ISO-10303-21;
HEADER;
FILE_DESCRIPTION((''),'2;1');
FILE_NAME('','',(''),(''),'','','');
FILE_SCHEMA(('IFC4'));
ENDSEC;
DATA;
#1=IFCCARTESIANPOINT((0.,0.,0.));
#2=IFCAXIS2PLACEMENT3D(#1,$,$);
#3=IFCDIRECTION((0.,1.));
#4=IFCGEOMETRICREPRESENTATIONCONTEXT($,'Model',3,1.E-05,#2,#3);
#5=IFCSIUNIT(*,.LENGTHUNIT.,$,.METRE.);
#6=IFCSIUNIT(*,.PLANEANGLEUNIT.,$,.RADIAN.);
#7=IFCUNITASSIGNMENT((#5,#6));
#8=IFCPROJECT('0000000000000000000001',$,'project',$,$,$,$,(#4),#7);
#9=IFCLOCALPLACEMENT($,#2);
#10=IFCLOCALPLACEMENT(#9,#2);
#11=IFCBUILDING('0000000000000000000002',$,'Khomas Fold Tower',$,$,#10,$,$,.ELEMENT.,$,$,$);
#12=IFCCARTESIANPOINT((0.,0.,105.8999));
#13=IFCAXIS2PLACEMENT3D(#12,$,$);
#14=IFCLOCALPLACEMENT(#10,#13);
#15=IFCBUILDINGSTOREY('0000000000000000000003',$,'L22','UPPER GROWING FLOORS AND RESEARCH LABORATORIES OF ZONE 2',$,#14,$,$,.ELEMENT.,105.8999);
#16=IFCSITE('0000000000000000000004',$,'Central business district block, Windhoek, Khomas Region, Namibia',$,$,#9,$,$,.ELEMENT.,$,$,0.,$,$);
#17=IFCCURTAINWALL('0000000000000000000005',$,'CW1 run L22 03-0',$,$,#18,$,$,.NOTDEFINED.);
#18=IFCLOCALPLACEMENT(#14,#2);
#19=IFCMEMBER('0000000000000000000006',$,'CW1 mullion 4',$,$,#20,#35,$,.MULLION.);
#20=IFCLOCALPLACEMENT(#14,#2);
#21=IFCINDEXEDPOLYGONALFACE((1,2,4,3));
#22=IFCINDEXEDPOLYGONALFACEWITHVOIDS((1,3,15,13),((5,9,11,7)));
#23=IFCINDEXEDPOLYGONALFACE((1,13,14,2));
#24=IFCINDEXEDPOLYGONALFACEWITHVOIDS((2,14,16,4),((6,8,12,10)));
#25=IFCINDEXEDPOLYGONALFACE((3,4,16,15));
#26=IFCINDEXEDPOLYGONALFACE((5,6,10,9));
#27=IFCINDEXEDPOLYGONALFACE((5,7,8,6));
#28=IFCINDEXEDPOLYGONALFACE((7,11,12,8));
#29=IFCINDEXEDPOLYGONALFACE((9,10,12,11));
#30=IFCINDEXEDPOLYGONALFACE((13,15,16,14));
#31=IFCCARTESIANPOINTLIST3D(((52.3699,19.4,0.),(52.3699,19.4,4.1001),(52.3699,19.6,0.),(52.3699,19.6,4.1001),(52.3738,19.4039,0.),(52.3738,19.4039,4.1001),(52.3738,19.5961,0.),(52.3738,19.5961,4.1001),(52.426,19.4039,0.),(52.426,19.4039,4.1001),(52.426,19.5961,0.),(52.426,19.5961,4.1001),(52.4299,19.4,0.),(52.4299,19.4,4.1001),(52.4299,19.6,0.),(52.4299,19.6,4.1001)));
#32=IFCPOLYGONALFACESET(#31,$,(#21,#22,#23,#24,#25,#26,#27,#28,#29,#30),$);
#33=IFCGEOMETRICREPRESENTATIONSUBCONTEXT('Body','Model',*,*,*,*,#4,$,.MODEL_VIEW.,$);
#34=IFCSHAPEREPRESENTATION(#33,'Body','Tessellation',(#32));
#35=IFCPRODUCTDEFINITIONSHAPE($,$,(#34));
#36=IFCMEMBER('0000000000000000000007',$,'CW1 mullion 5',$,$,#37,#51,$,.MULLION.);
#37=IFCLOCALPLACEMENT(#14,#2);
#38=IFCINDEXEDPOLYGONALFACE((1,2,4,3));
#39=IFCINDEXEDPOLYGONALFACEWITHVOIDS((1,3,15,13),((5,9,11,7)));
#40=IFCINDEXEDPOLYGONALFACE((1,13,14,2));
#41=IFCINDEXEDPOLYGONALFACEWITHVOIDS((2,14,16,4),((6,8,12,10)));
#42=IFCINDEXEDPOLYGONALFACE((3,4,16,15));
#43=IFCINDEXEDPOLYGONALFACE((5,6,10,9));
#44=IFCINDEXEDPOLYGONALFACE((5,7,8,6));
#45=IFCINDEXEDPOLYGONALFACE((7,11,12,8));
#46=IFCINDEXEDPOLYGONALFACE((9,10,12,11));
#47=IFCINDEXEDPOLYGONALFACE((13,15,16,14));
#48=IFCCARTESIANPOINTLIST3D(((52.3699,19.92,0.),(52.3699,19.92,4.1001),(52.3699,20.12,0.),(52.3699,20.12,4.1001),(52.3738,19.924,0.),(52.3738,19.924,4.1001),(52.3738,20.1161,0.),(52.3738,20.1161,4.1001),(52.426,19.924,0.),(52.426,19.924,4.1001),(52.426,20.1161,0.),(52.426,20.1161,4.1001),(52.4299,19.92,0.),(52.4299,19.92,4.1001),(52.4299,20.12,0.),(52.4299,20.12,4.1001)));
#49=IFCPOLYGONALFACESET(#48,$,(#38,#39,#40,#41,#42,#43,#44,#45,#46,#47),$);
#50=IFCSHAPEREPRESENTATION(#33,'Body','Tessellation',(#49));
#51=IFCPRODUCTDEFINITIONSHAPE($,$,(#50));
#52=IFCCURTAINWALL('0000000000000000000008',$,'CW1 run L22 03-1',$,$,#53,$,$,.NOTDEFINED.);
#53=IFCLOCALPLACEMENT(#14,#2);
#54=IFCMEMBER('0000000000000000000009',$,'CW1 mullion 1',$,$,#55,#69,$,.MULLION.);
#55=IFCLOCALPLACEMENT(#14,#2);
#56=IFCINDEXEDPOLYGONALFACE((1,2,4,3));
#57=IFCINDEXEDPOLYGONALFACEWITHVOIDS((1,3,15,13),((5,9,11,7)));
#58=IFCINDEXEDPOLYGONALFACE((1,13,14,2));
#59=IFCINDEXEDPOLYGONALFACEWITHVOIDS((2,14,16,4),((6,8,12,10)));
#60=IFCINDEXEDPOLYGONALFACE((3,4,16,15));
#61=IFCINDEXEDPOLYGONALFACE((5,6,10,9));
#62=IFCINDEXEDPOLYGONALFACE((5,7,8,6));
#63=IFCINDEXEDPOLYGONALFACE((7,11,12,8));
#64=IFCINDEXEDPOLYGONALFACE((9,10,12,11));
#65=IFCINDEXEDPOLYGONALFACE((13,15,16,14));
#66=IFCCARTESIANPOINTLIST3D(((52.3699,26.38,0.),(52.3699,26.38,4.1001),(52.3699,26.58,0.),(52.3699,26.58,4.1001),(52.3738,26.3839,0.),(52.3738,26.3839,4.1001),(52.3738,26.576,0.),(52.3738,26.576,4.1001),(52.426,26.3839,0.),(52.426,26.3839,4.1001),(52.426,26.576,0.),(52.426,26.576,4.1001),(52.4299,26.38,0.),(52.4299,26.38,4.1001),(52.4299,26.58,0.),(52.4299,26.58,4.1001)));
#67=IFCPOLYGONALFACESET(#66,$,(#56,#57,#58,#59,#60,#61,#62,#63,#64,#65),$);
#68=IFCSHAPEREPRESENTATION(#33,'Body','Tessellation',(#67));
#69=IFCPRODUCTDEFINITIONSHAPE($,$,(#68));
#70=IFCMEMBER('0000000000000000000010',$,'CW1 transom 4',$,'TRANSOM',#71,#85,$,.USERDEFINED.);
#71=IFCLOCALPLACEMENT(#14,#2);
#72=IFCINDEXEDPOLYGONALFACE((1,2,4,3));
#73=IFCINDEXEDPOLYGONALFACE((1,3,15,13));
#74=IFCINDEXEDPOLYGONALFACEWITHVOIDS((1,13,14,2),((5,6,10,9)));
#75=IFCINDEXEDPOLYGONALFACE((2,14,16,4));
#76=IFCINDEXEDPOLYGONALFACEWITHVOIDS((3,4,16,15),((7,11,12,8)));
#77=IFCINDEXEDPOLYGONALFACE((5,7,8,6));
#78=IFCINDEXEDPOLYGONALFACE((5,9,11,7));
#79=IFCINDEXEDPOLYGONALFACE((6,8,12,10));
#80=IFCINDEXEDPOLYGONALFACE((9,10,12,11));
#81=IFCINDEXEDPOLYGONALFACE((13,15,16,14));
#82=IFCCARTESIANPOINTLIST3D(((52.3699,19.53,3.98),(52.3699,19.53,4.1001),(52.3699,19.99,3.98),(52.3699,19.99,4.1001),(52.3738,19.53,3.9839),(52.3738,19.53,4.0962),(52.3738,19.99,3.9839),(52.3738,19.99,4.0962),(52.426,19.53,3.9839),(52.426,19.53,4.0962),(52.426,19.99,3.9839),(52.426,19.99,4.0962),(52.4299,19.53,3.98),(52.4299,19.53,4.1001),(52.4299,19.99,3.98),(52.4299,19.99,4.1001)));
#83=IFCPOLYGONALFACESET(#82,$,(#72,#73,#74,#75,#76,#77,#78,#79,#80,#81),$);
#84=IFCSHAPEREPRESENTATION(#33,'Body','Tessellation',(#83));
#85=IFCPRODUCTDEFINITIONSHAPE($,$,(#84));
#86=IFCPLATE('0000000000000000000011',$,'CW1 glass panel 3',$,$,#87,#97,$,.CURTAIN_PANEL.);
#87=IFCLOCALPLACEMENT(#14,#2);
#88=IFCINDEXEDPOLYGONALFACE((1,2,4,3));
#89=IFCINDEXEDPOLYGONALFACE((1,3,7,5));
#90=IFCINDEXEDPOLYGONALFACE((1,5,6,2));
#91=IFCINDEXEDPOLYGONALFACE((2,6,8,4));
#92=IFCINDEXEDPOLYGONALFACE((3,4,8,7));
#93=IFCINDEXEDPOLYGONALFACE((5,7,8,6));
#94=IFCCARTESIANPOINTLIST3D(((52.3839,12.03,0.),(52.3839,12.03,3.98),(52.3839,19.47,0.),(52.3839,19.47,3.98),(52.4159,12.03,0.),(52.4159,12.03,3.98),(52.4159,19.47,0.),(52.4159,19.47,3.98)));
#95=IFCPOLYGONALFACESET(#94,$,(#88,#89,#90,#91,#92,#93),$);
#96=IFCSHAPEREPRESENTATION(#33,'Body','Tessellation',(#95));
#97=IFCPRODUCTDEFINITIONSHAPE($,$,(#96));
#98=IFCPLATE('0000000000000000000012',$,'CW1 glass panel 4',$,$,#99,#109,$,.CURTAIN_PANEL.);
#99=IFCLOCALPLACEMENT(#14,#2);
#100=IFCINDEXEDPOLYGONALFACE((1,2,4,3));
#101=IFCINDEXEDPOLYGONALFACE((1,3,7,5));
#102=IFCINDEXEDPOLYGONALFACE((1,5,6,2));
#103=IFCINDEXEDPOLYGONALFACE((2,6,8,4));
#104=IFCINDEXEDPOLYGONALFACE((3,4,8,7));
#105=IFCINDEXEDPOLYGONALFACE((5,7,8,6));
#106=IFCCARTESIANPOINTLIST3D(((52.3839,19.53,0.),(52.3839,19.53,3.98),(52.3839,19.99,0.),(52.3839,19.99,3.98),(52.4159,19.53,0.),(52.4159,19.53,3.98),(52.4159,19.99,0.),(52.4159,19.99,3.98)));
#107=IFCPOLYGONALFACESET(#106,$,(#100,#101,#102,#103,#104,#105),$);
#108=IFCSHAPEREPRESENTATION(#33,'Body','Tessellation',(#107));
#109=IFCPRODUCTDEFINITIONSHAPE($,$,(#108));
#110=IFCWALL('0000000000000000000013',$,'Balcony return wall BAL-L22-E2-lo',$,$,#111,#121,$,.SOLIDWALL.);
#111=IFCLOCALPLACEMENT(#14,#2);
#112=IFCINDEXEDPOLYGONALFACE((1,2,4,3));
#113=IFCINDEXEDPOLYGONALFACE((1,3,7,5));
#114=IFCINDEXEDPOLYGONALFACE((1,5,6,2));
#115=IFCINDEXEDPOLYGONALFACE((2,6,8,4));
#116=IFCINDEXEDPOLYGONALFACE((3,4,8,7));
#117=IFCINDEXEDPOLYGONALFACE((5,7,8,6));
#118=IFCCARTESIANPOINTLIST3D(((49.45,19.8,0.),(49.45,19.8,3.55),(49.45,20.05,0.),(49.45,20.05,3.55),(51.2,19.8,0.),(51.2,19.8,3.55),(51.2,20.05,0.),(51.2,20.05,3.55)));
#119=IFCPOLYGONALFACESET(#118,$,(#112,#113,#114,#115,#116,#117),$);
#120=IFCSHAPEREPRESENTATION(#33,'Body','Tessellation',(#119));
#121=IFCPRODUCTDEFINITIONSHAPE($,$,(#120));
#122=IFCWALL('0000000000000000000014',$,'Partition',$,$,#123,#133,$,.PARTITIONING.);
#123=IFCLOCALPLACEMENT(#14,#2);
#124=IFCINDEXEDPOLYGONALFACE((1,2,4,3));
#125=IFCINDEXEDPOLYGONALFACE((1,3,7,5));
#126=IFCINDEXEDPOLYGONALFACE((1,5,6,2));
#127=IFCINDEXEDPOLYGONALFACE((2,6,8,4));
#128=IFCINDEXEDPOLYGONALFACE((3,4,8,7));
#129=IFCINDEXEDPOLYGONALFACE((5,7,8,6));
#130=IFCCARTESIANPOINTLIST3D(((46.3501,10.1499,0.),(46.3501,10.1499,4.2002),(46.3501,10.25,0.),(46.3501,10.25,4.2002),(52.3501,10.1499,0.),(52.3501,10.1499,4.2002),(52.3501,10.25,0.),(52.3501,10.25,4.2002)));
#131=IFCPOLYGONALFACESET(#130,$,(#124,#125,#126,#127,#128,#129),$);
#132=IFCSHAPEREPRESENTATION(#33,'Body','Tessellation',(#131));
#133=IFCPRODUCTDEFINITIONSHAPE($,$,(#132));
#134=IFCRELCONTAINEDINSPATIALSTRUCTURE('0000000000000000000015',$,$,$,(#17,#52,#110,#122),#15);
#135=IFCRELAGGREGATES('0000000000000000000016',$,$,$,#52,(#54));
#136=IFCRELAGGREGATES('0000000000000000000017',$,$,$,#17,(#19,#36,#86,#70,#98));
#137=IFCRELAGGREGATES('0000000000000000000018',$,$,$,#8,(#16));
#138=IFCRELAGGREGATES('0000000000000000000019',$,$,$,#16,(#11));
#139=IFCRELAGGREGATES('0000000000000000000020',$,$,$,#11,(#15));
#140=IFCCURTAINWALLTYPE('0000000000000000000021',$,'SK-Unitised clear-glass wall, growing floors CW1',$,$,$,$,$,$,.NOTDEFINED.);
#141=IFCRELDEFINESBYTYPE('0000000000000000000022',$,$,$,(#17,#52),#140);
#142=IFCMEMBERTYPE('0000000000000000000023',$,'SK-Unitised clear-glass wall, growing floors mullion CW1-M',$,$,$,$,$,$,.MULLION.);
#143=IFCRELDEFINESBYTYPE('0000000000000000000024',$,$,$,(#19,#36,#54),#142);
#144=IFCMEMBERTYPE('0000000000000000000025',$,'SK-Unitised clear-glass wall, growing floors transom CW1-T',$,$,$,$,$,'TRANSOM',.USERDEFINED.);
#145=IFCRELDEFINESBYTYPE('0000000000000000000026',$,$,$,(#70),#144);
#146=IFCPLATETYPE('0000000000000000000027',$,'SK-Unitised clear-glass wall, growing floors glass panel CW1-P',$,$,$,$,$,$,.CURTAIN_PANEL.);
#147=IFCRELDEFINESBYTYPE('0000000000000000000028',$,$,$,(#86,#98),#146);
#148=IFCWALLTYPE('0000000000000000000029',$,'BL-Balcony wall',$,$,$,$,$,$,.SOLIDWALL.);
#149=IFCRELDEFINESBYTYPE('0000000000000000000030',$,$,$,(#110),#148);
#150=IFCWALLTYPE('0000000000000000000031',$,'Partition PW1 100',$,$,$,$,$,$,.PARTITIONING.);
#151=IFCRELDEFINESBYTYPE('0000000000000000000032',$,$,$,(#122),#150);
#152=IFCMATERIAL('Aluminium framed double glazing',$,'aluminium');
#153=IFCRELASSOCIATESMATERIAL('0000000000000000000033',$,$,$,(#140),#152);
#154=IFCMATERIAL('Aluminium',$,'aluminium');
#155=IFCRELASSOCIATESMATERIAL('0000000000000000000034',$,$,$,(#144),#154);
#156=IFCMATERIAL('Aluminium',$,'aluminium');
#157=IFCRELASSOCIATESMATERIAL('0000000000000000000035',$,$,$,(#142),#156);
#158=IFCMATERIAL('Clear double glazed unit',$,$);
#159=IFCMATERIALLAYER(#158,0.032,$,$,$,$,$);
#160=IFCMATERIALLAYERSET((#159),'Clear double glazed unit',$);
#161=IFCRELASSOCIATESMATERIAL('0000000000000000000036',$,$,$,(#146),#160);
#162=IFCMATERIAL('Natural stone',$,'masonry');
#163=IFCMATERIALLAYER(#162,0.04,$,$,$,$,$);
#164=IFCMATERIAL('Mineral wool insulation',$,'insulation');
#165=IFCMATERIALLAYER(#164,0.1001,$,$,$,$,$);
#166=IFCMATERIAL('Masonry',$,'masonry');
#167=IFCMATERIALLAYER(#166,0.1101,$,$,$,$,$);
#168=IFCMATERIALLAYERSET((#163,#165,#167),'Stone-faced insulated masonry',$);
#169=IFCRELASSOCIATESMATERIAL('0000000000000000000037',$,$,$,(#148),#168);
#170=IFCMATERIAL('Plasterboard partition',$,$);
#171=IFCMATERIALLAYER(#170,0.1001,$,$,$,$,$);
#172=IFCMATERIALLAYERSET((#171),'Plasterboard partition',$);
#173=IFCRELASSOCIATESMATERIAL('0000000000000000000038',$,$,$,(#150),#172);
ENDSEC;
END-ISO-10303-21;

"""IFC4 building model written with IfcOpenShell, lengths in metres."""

from ifc_helpers import new_model, si_unit, direction, frame, frame_2d, origin, origin_2d, place, context, subcontext, project, spatial, rectangle, hollow_rectangle, extrude, source, transform, mapped, material, layer, layer_set, material_profile, profile_set, type_object, element, aggregate, save


model = new_model("IFC4")

# Units and contexts
model_context = context("Model", 3, precision=1e-05, world=origin(), true_north=direction((0.0, 1.0)))
body_context = subcontext(model_context, "Body", "Model", "MODEL_VIEW")
ifc_project = project(units=[si_unit("LENGTHUNIT", "METRE"), si_unit("PLANEANGLEUNIT", "RADIAN")], contexts=[model_context])

# Site, building, storey
site_placement = place(None, origin())
site = spatial("IfcSite", under=ifc_project, at=site_placement, Name="Central business district block, Windhoek, Khomas Region, Namibia", CompositionType="ELEMENT", RefElevation=0.0)
building_placement = place(site_placement, origin())
building = spatial("IfcBuilding", under=site, at=building_placement, Name="Khomas Fold Tower", CompositionType="ELEMENT")
storey_placement = place(building_placement, frame((0.0, 0.0, 105.8999)))
storey = spatial("IfcBuildingStorey", under=building, at=storey_placement, Name="L22", Description="UPPER GROWING FLOORS AND RESEARCH LABORATORIES OF ZONE 2", CompositionType="ELEMENT", Elevation=105.8999)

# Curtain wall, members
ifc_material_1 = material(Name="Aluminium framed double glazing", Category="aluminium")
curtain_wall_type = type_object("IfcCurtainWallType", Name="SK-Unitised clear-glass wall, growing floors CW1", PredefinedType="NOTDEFINED", material=ifc_material_1)
curtain_wall_1_placement = place(storey_placement, origin())
curtain_wall_1 = element("IfcCurtainWall", 1, at=curtain_wall_1_placement, inside=storey, type_object=curtain_wall_type, Name="CW1 run L22 03-0", PredefinedType="NOTDEFINED")
ifc_material_2 = material(Name="Aluminium", Category="aluminium")
ifc_material_profile_1 = material_profile(ifc_material_2, hollow_rectangle(XDim=0.0601, YDim=0.1201, WallThickness=0.0039, at=origin_2d()), Name="SK-Unitised clear-glass wall, growing floors transom CW1-T")
ifc_profile_set_1 = profile_set([ifc_material_profile_1], Name="Aluminium")
member_type_1 = type_object("IfcMemberType", Name="SK-Unitised clear-glass wall, growing floors transom CW1-T", ElementType="TRANSOM", PredefinedType="USERDEFINED", material=ifc_profile_set_1)
ifc_material_3 = material(Name="Aluminium", Category="aluminium")
ifc_material_profile_2 = material_profile(ifc_material_3, hollow_rectangle(XDim=0.0601, YDim=0.2, WallThickness=0.0039, at=origin_2d()), Name="SK-Unitised clear-glass wall, growing floors mullion CW1-M")
ifc_profile_set_2 = profile_set([ifc_material_profile_2], Name="Aluminium")
member_type_2 = type_object("IfcMemberType", Name="SK-Unitised clear-glass wall, growing floors mullion CW1-M", PredefinedType="MULLION", material=ifc_profile_set_2)
shared_shape_1 = source(origin(), body_context, "Body", "SweptSolid", [
    extrude(hollow_rectangle(XDim=0.0601, YDim=0.2, WallThickness=0.0039, at=origin_2d()), origin(), (0.0, 0.0, 1.0), 4.1001),
])
member_1_placement = place(storey_placement, frame((52.3999, 19.5, 0.0), z_axis=(0.0, 0.0, 1.0), x_axis=(-1.0, 0.0, 0.0)))
member_1 = element("IfcMember", 2, at=member_1_placement, type_object=member_type_2, Name="CW1 mullion 4", PredefinedType="MULLION", context=body_context, shape_type="MappedRepresentation", body=[
    mapped(shared_shape_1, transform((0.0, 0.0, 0.0))),
])
member_2_placement = place(storey_placement, frame((52.3999, 20.02, 0.0), z_axis=(0.0, 0.0, 1.0), x_axis=(-1.0, 0.0, 0.0)))
member_2 = element("IfcMember", 3, at=member_2_placement, type_object=member_type_2, Name="CW1 mullion 5", PredefinedType="MULLION", context=body_context, shape_type="MappedRepresentation", body=[
    mapped(shared_shape_1, transform((0.0, 0.0, 0.0))),
])

# Curtain wall, member
curtain_wall_2_placement = place(storey_placement, origin())
curtain_wall_2 = element("IfcCurtainWall", 4, at=curtain_wall_2_placement, inside=storey, type_object=curtain_wall_type, Name="CW1 run L22 03-1", PredefinedType="NOTDEFINED")
member_3_placement = place(storey_placement, frame((52.3999, 26.48, 0.0), z_axis=(0.0, 0.0, 1.0), x_axis=(-1.0, 0.0, 0.0)))
member_3 = element("IfcMember", 5, at=member_3_placement, type_object=member_type_2, Name="CW1 mullion 1", PredefinedType="MULLION", context=body_context, shape_type="MappedRepresentation", body=[
    mapped(shared_shape_1, transform((0.0, 0.0, 0.0))),
])
aggregate(curtain_wall_2, [member_3])

# Member
shared_shape_2 = source(origin(), body_context, "Body", "SweptSolid", [
    extrude(hollow_rectangle(XDim=0.0601, YDim=0.1201, WallThickness=0.0039, at=origin_2d()), origin(), (0.0, 0.0, 1.0), 0.46),
])
member_4_placement = place(storey_placement, frame((52.3999, 19.53, 4.04), z_axis=(0.0, 1.0, 0.0), x_axis=(-1.0, 0.0, 0.0)))
member_4 = element("IfcMember", 6, at=member_4_placement, type_object=member_type_1, Name="CW1 transom 4", ObjectType="TRANSOM", PredefinedType="USERDEFINED", context=body_context, shape_type="MappedRepresentation", body=[
    mapped(shared_shape_2, transform((0.0, 0.0, 0.0))),
])

# Plates
ifc_material_4 = material(Name="Clear double glazed unit")
ifc_layer_1 = layer(ifc_material_4, 0.032)
ifc_layer_set_1 = layer_set([ifc_layer_1], Name="Clear double glazed unit")
plate_type = type_object("IfcPlateType", Name="SK-Unitised clear-glass wall, growing floors glass panel CW1-P", PredefinedType="CURTAIN_PANEL", material=ifc_layer_set_1)
shared_shape_3 = source(origin(), body_context, "Body", "SweptSolid", [
    extrude(rectangle(XDim=7.4399, YDim=0.032, at=origin_2d()), origin(), (0.0, 0.0, 1.0), 3.98),
])
plate_1_placement = place(storey_placement, frame((52.3999, 15.75, 0.0), z_axis=(0.0, 0.0, 1.0), x_axis=(0.0, 1.0, 0.0)))
plate_1 = element("IfcPlate", 7, at=plate_1_placement, type_object=plate_type, Name="CW1 glass panel 3", PredefinedType="CURTAIN_PANEL", context=body_context, shape_type="MappedRepresentation", body=[
    mapped(shared_shape_3, transform((0.0, 0.0, 0.0))),
])
shared_shape_4 = source(origin(), body_context, "Body", "SweptSolid", [
    extrude(rectangle(XDim=0.46, YDim=0.032, at=origin_2d()), origin(), (0.0, 0.0, 1.0), 3.98),
])
plate_2_placement = place(storey_placement, frame((52.3999, 19.76, 0.0), z_axis=(0.0, 0.0, 1.0), x_axis=(0.0, 1.0, 0.0)))
plate_2 = element("IfcPlate", 8, at=plate_2_placement, type_object=plate_type, Name="CW1 glass panel 4", PredefinedType="CURTAIN_PANEL", context=body_context, shape_type="MappedRepresentation", body=[
    mapped(shared_shape_4, transform((0.0, 0.0, 0.0))),
])
aggregate(curtain_wall_1, [member_1, member_2, plate_1, member_4, plate_2])

# Shared definitions
ifc_material_5 = material(Name="Natural stone", Category="masonry")
ifc_layer_2 = layer(ifc_material_5, 0.04)
ifc_material_6 = material(Name="Mineral wool insulation", Category="insulation")
ifc_layer_3 = layer(ifc_material_6, 0.1001)
ifc_material_7 = material(Name="Masonry", Category="masonry")
ifc_layer_4 = layer(ifc_material_7, 0.1101)
ifc_layer_set_2 = layer_set([ifc_layer_2, ifc_layer_3, ifc_layer_4], Name="Stone-faced insulated masonry")
wall_type_1 = type_object("IfcWallType", Name="BL-Balcony wall", PredefinedType="SOLIDWALL", material=ifc_layer_set_2)

# Walls
shared_shape_5 = source(origin(), body_context, "Body", "SweptSolid", [
    extrude(rectangle(XDim=1.75, YDim=0.25, at=frame_2d((0.875, 0.0))), origin(), (0.0, 0.0, 1.0), 3.55),
])
wall_1_placement = place(storey_placement, frame((51.2, 19.925, 0.0), z_axis=(0.0, 0.0, 1.0), x_axis=(-1.0, 0.0, 0.0)))
element("IfcWall", 9, at=wall_1_placement, inside=storey, type_object=wall_type_1, Name="Balcony return wall BAL-L22-E2-lo", PredefinedType="SOLIDWALL", context=body_context, shape_type="MappedRepresentation", body=[
    mapped(shared_shape_5, transform((0.0, 0.0, 0.0))),
])
ifc_material_8 = material(Name="Plasterboard partition")
ifc_layer_5 = layer(ifc_material_8, 0.1001)
ifc_layer_set_3 = layer_set([ifc_layer_5], Name="Plasterboard partition")
wall_type_2 = type_object("IfcWallType", Name="Partition PW1 100", PredefinedType="PARTITIONING", material=ifc_layer_set_3)
shared_shape_6 = source(origin(), body_context, "Body", "SweptSolid", [
    extrude(rectangle(XDim=6.0, YDim=0.1001, at=frame_2d((3.0, 0.0))), origin(), (0.0, 0.0, 1.0), 4.2002),
])
wall_2_placement = place(storey_placement, frame((46.3501, 10.2, 0.0), z_axis=(0.0, 0.0, 1.0), x_axis=(1.0, 0.0, 0.0)))
element("IfcWall", 10, at=wall_2_placement, inside=storey, type_object=wall_type_2, Name="Partition", PredefinedType="PARTITIONING", context=body_context, shape_type="MappedRepresentation", body=[
    mapped(shared_shape_6, transform((0.0, 0.0, 0.0))),
])

save(model, "model.ifc")
